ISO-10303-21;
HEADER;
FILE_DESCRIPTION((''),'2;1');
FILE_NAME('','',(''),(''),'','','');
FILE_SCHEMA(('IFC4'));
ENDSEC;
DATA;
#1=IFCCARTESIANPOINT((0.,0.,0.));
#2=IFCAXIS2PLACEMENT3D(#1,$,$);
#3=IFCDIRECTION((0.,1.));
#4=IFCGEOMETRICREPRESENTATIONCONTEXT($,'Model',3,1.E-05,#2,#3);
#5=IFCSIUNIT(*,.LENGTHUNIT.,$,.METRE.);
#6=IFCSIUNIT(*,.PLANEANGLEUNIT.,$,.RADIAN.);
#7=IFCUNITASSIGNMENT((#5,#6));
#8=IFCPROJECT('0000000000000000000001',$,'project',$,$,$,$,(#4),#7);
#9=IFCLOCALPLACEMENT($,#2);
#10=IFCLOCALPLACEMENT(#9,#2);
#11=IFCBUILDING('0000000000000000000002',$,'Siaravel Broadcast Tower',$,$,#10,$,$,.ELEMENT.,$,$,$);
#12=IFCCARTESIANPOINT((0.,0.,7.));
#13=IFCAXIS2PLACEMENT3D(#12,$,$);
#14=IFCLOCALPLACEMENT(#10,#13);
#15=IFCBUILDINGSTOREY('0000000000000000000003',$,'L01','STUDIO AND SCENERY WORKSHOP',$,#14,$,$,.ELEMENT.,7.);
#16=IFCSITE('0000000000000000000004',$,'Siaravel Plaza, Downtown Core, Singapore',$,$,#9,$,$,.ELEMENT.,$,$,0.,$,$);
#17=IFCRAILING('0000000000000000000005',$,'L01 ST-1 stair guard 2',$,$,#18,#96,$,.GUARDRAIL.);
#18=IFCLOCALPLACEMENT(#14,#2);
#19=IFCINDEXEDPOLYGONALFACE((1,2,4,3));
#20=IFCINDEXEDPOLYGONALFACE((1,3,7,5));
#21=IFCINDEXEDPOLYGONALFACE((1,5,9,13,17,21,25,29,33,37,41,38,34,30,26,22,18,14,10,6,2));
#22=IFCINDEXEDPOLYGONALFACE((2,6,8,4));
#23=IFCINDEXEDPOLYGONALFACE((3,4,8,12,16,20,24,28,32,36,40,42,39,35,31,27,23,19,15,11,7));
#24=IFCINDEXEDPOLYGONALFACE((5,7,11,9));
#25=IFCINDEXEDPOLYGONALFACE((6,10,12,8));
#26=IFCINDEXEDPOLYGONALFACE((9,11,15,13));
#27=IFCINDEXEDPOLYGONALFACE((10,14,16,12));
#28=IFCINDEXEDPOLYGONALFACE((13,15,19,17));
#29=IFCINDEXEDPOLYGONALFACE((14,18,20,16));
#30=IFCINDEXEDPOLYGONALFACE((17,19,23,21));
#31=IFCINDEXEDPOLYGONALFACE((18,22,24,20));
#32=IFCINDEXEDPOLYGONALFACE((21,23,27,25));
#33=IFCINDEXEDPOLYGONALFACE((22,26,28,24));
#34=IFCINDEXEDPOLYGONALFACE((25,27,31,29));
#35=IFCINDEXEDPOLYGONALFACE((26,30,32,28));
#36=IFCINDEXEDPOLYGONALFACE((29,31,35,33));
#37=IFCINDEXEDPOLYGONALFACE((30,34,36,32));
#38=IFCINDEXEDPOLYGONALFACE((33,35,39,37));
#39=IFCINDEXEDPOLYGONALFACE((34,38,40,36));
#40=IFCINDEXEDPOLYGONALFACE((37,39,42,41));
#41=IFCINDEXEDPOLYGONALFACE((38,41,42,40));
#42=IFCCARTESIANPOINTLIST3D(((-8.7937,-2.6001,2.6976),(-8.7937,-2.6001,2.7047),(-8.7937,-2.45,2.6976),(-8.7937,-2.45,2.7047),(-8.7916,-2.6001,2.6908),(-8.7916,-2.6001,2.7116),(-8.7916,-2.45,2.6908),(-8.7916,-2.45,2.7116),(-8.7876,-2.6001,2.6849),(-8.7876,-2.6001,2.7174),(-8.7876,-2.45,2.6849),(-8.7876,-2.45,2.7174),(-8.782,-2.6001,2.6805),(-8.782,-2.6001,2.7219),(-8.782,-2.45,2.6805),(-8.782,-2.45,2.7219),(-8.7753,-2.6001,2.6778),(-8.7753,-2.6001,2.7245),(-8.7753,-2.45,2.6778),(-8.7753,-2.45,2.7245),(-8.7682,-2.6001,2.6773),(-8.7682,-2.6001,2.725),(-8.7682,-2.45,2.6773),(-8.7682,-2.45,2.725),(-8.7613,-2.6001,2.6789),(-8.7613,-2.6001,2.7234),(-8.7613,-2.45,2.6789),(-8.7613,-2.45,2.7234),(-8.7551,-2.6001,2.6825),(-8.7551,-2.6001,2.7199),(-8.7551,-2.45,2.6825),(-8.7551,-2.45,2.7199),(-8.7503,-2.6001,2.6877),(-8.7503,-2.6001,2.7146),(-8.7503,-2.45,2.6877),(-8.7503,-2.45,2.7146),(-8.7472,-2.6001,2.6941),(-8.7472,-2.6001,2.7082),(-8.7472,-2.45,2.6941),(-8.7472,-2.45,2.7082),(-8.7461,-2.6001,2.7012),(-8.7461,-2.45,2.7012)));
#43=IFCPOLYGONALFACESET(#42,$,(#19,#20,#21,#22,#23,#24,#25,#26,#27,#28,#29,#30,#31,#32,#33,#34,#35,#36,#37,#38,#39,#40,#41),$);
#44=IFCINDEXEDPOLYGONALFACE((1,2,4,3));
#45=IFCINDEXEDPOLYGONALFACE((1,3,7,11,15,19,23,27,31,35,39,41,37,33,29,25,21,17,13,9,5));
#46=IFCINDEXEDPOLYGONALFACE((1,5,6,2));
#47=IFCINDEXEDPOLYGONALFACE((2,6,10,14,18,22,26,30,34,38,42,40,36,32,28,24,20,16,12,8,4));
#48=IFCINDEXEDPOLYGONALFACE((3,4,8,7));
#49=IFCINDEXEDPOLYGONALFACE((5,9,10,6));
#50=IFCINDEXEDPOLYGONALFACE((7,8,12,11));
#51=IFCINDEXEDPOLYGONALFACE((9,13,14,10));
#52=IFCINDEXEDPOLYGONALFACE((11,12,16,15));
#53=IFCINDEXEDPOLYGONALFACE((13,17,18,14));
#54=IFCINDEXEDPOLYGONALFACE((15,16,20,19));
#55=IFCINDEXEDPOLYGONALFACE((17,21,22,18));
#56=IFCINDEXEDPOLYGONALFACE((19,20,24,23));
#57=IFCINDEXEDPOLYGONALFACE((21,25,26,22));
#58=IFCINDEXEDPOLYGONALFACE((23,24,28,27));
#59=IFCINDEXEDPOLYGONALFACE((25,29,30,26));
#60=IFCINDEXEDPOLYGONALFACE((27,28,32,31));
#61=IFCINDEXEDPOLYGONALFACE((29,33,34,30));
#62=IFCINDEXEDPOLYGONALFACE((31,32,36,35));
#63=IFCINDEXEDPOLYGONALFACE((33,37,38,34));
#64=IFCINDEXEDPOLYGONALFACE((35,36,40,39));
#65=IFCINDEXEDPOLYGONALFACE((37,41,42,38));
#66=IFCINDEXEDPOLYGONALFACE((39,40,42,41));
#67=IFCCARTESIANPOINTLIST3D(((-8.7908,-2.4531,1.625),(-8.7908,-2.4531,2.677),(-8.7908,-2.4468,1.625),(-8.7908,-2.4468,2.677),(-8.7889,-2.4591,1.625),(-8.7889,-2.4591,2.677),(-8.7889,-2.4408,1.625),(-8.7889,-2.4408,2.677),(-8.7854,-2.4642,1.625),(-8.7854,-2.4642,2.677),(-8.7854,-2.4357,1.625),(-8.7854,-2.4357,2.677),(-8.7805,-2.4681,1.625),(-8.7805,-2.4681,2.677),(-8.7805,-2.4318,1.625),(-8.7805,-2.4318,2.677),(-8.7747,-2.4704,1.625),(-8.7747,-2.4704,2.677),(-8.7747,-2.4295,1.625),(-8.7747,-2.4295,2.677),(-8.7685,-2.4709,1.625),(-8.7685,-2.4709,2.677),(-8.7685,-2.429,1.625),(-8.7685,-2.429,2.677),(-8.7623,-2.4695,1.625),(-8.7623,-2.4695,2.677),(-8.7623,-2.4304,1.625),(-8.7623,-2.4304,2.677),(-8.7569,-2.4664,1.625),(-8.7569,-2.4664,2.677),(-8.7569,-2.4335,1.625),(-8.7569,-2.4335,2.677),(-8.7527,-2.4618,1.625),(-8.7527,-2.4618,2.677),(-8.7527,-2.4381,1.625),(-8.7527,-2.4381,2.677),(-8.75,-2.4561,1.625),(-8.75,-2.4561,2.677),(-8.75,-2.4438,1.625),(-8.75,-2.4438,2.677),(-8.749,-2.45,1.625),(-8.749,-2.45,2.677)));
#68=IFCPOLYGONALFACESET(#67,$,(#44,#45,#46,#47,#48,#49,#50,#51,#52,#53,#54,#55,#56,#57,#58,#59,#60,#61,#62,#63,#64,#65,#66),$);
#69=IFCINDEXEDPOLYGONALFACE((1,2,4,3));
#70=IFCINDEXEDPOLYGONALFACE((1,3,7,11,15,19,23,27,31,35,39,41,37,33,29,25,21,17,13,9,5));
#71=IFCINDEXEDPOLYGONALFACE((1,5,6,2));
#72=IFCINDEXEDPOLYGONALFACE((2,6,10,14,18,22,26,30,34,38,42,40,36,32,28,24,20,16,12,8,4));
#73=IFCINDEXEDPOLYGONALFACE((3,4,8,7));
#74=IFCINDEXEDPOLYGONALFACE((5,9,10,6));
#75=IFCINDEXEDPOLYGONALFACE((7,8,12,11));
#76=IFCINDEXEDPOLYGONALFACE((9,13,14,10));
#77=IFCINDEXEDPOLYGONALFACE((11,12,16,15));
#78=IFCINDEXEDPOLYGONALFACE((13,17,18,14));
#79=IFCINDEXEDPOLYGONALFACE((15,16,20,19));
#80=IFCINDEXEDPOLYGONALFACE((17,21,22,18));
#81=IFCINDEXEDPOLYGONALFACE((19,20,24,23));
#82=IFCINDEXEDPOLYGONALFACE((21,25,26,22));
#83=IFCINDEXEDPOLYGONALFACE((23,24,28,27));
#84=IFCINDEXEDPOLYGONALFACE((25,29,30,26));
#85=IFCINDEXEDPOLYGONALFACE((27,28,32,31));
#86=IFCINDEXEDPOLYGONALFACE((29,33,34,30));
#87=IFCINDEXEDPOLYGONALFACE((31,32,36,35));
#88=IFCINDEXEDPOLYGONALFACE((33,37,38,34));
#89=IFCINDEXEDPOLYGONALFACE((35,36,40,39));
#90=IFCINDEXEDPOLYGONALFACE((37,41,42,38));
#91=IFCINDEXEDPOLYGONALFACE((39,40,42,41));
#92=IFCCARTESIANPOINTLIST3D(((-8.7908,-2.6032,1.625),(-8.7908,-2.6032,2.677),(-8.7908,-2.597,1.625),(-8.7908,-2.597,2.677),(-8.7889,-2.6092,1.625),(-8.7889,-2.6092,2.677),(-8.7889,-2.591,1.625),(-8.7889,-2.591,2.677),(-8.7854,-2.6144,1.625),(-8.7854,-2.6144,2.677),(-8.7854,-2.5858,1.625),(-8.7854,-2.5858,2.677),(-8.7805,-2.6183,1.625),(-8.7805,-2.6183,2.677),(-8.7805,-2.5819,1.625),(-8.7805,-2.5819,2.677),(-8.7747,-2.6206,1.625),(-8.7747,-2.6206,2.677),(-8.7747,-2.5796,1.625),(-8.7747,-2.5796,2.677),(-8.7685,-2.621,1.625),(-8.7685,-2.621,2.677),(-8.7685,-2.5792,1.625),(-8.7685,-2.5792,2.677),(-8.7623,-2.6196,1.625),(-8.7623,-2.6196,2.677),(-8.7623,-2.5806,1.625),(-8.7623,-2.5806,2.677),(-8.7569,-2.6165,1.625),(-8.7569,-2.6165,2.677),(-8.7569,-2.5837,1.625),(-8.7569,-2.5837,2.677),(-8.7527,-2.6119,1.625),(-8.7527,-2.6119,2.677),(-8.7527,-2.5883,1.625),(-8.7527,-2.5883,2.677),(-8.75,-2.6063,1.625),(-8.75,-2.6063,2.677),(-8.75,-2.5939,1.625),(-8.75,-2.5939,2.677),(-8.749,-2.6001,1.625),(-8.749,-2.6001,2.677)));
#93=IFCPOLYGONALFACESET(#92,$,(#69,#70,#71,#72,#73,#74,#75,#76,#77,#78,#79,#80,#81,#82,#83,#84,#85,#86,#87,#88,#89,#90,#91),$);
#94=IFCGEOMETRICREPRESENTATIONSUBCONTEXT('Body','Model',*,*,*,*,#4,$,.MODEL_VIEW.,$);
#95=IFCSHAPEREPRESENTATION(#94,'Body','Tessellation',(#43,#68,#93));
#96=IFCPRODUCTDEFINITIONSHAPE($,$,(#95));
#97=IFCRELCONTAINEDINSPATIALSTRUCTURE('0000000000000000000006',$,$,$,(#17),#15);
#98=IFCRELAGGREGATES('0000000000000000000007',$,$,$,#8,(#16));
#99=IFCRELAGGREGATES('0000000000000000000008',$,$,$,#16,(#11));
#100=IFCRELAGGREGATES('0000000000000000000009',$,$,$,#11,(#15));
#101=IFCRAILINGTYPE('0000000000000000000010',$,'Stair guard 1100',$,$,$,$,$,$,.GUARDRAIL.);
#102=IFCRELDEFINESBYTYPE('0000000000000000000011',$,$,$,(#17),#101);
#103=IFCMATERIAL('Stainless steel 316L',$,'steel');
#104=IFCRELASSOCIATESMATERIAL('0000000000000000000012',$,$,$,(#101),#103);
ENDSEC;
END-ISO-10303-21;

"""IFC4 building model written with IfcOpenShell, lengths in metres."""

from ifc_helpers import new_model, si_unit, direction, frame, origin, origin_2d, place, context, subcontext, project, spatial, circle, extrude, material, type_object, element, save


model = new_model("IFC4")

# Units and contexts
model_context = context("Model", 3, precision=1e-05, world=origin(), true_north=direction((0.0, 1.0)))
body_context = subcontext(model_context, "Body", "Model", "MODEL_VIEW")
ifc_project = project(units=[si_unit("LENGTHUNIT", "METRE"), si_unit("PLANEANGLEUNIT", "RADIAN")], contexts=[model_context])

# Site, building, storey
site_placement = place(None, origin())
site = spatial("IfcSite", under=ifc_project, at=site_placement, Name="Siaravel Plaza, Downtown Core, Singapore", CompositionType="ELEMENT", RefElevation=0.0)
building_placement = place(site_placement, origin())
building = spatial("IfcBuilding", under=site, at=building_placement, Name="Siaravel Broadcast Tower", CompositionType="ELEMENT")
storey_placement = place(building_placement, frame((0.0, 0.0, 7.0)))
storey = spatial("IfcBuildingStorey", under=building, at=storey_placement, Name="L01", Description="STUDIO AND SCENERY WORKSHOP", CompositionType="ELEMENT", Elevation=7.0)

# Railing
ifc_material_1 = material(Name="Stainless steel 316L", Category="steel")
railing_type_1 = type_object("IfcRailingType", Name="Stair guard 1100", PredefinedType="GUARDRAIL", material=ifc_material_1)
railing_1_placement = place(storey_placement, frame((-8.77, -2.45, 1.625)))
element("IfcRailing", 1, at=railing_1_placement, inside=storey, type_object=railing_type_1, Name="L01 ST-1 stair guard 2", PredefinedType="GUARDRAIL", context=body_context, shape_type="SweptSolid", body=[
    extrude(circle(Radius=0.0239, at=origin_2d()), frame((0.0, 0.0, 1.0762), z_axis=(0.0, -1.0, 0.0), x_axis=(1.0, 0.0, 0.0)), (0.0, 0.0, 1.0), 0.1501),
    extrude(circle(Radius=0.021, at=origin_2d()), origin(), (0.0, 0.0, 1.0), 1.052),
    extrude(circle(Radius=0.021, at=origin_2d()), frame((0.0, -0.1501, 0.0)), (0.0, 0.0, 1.0), 1.052),
])

save(model, "model.ifc")
